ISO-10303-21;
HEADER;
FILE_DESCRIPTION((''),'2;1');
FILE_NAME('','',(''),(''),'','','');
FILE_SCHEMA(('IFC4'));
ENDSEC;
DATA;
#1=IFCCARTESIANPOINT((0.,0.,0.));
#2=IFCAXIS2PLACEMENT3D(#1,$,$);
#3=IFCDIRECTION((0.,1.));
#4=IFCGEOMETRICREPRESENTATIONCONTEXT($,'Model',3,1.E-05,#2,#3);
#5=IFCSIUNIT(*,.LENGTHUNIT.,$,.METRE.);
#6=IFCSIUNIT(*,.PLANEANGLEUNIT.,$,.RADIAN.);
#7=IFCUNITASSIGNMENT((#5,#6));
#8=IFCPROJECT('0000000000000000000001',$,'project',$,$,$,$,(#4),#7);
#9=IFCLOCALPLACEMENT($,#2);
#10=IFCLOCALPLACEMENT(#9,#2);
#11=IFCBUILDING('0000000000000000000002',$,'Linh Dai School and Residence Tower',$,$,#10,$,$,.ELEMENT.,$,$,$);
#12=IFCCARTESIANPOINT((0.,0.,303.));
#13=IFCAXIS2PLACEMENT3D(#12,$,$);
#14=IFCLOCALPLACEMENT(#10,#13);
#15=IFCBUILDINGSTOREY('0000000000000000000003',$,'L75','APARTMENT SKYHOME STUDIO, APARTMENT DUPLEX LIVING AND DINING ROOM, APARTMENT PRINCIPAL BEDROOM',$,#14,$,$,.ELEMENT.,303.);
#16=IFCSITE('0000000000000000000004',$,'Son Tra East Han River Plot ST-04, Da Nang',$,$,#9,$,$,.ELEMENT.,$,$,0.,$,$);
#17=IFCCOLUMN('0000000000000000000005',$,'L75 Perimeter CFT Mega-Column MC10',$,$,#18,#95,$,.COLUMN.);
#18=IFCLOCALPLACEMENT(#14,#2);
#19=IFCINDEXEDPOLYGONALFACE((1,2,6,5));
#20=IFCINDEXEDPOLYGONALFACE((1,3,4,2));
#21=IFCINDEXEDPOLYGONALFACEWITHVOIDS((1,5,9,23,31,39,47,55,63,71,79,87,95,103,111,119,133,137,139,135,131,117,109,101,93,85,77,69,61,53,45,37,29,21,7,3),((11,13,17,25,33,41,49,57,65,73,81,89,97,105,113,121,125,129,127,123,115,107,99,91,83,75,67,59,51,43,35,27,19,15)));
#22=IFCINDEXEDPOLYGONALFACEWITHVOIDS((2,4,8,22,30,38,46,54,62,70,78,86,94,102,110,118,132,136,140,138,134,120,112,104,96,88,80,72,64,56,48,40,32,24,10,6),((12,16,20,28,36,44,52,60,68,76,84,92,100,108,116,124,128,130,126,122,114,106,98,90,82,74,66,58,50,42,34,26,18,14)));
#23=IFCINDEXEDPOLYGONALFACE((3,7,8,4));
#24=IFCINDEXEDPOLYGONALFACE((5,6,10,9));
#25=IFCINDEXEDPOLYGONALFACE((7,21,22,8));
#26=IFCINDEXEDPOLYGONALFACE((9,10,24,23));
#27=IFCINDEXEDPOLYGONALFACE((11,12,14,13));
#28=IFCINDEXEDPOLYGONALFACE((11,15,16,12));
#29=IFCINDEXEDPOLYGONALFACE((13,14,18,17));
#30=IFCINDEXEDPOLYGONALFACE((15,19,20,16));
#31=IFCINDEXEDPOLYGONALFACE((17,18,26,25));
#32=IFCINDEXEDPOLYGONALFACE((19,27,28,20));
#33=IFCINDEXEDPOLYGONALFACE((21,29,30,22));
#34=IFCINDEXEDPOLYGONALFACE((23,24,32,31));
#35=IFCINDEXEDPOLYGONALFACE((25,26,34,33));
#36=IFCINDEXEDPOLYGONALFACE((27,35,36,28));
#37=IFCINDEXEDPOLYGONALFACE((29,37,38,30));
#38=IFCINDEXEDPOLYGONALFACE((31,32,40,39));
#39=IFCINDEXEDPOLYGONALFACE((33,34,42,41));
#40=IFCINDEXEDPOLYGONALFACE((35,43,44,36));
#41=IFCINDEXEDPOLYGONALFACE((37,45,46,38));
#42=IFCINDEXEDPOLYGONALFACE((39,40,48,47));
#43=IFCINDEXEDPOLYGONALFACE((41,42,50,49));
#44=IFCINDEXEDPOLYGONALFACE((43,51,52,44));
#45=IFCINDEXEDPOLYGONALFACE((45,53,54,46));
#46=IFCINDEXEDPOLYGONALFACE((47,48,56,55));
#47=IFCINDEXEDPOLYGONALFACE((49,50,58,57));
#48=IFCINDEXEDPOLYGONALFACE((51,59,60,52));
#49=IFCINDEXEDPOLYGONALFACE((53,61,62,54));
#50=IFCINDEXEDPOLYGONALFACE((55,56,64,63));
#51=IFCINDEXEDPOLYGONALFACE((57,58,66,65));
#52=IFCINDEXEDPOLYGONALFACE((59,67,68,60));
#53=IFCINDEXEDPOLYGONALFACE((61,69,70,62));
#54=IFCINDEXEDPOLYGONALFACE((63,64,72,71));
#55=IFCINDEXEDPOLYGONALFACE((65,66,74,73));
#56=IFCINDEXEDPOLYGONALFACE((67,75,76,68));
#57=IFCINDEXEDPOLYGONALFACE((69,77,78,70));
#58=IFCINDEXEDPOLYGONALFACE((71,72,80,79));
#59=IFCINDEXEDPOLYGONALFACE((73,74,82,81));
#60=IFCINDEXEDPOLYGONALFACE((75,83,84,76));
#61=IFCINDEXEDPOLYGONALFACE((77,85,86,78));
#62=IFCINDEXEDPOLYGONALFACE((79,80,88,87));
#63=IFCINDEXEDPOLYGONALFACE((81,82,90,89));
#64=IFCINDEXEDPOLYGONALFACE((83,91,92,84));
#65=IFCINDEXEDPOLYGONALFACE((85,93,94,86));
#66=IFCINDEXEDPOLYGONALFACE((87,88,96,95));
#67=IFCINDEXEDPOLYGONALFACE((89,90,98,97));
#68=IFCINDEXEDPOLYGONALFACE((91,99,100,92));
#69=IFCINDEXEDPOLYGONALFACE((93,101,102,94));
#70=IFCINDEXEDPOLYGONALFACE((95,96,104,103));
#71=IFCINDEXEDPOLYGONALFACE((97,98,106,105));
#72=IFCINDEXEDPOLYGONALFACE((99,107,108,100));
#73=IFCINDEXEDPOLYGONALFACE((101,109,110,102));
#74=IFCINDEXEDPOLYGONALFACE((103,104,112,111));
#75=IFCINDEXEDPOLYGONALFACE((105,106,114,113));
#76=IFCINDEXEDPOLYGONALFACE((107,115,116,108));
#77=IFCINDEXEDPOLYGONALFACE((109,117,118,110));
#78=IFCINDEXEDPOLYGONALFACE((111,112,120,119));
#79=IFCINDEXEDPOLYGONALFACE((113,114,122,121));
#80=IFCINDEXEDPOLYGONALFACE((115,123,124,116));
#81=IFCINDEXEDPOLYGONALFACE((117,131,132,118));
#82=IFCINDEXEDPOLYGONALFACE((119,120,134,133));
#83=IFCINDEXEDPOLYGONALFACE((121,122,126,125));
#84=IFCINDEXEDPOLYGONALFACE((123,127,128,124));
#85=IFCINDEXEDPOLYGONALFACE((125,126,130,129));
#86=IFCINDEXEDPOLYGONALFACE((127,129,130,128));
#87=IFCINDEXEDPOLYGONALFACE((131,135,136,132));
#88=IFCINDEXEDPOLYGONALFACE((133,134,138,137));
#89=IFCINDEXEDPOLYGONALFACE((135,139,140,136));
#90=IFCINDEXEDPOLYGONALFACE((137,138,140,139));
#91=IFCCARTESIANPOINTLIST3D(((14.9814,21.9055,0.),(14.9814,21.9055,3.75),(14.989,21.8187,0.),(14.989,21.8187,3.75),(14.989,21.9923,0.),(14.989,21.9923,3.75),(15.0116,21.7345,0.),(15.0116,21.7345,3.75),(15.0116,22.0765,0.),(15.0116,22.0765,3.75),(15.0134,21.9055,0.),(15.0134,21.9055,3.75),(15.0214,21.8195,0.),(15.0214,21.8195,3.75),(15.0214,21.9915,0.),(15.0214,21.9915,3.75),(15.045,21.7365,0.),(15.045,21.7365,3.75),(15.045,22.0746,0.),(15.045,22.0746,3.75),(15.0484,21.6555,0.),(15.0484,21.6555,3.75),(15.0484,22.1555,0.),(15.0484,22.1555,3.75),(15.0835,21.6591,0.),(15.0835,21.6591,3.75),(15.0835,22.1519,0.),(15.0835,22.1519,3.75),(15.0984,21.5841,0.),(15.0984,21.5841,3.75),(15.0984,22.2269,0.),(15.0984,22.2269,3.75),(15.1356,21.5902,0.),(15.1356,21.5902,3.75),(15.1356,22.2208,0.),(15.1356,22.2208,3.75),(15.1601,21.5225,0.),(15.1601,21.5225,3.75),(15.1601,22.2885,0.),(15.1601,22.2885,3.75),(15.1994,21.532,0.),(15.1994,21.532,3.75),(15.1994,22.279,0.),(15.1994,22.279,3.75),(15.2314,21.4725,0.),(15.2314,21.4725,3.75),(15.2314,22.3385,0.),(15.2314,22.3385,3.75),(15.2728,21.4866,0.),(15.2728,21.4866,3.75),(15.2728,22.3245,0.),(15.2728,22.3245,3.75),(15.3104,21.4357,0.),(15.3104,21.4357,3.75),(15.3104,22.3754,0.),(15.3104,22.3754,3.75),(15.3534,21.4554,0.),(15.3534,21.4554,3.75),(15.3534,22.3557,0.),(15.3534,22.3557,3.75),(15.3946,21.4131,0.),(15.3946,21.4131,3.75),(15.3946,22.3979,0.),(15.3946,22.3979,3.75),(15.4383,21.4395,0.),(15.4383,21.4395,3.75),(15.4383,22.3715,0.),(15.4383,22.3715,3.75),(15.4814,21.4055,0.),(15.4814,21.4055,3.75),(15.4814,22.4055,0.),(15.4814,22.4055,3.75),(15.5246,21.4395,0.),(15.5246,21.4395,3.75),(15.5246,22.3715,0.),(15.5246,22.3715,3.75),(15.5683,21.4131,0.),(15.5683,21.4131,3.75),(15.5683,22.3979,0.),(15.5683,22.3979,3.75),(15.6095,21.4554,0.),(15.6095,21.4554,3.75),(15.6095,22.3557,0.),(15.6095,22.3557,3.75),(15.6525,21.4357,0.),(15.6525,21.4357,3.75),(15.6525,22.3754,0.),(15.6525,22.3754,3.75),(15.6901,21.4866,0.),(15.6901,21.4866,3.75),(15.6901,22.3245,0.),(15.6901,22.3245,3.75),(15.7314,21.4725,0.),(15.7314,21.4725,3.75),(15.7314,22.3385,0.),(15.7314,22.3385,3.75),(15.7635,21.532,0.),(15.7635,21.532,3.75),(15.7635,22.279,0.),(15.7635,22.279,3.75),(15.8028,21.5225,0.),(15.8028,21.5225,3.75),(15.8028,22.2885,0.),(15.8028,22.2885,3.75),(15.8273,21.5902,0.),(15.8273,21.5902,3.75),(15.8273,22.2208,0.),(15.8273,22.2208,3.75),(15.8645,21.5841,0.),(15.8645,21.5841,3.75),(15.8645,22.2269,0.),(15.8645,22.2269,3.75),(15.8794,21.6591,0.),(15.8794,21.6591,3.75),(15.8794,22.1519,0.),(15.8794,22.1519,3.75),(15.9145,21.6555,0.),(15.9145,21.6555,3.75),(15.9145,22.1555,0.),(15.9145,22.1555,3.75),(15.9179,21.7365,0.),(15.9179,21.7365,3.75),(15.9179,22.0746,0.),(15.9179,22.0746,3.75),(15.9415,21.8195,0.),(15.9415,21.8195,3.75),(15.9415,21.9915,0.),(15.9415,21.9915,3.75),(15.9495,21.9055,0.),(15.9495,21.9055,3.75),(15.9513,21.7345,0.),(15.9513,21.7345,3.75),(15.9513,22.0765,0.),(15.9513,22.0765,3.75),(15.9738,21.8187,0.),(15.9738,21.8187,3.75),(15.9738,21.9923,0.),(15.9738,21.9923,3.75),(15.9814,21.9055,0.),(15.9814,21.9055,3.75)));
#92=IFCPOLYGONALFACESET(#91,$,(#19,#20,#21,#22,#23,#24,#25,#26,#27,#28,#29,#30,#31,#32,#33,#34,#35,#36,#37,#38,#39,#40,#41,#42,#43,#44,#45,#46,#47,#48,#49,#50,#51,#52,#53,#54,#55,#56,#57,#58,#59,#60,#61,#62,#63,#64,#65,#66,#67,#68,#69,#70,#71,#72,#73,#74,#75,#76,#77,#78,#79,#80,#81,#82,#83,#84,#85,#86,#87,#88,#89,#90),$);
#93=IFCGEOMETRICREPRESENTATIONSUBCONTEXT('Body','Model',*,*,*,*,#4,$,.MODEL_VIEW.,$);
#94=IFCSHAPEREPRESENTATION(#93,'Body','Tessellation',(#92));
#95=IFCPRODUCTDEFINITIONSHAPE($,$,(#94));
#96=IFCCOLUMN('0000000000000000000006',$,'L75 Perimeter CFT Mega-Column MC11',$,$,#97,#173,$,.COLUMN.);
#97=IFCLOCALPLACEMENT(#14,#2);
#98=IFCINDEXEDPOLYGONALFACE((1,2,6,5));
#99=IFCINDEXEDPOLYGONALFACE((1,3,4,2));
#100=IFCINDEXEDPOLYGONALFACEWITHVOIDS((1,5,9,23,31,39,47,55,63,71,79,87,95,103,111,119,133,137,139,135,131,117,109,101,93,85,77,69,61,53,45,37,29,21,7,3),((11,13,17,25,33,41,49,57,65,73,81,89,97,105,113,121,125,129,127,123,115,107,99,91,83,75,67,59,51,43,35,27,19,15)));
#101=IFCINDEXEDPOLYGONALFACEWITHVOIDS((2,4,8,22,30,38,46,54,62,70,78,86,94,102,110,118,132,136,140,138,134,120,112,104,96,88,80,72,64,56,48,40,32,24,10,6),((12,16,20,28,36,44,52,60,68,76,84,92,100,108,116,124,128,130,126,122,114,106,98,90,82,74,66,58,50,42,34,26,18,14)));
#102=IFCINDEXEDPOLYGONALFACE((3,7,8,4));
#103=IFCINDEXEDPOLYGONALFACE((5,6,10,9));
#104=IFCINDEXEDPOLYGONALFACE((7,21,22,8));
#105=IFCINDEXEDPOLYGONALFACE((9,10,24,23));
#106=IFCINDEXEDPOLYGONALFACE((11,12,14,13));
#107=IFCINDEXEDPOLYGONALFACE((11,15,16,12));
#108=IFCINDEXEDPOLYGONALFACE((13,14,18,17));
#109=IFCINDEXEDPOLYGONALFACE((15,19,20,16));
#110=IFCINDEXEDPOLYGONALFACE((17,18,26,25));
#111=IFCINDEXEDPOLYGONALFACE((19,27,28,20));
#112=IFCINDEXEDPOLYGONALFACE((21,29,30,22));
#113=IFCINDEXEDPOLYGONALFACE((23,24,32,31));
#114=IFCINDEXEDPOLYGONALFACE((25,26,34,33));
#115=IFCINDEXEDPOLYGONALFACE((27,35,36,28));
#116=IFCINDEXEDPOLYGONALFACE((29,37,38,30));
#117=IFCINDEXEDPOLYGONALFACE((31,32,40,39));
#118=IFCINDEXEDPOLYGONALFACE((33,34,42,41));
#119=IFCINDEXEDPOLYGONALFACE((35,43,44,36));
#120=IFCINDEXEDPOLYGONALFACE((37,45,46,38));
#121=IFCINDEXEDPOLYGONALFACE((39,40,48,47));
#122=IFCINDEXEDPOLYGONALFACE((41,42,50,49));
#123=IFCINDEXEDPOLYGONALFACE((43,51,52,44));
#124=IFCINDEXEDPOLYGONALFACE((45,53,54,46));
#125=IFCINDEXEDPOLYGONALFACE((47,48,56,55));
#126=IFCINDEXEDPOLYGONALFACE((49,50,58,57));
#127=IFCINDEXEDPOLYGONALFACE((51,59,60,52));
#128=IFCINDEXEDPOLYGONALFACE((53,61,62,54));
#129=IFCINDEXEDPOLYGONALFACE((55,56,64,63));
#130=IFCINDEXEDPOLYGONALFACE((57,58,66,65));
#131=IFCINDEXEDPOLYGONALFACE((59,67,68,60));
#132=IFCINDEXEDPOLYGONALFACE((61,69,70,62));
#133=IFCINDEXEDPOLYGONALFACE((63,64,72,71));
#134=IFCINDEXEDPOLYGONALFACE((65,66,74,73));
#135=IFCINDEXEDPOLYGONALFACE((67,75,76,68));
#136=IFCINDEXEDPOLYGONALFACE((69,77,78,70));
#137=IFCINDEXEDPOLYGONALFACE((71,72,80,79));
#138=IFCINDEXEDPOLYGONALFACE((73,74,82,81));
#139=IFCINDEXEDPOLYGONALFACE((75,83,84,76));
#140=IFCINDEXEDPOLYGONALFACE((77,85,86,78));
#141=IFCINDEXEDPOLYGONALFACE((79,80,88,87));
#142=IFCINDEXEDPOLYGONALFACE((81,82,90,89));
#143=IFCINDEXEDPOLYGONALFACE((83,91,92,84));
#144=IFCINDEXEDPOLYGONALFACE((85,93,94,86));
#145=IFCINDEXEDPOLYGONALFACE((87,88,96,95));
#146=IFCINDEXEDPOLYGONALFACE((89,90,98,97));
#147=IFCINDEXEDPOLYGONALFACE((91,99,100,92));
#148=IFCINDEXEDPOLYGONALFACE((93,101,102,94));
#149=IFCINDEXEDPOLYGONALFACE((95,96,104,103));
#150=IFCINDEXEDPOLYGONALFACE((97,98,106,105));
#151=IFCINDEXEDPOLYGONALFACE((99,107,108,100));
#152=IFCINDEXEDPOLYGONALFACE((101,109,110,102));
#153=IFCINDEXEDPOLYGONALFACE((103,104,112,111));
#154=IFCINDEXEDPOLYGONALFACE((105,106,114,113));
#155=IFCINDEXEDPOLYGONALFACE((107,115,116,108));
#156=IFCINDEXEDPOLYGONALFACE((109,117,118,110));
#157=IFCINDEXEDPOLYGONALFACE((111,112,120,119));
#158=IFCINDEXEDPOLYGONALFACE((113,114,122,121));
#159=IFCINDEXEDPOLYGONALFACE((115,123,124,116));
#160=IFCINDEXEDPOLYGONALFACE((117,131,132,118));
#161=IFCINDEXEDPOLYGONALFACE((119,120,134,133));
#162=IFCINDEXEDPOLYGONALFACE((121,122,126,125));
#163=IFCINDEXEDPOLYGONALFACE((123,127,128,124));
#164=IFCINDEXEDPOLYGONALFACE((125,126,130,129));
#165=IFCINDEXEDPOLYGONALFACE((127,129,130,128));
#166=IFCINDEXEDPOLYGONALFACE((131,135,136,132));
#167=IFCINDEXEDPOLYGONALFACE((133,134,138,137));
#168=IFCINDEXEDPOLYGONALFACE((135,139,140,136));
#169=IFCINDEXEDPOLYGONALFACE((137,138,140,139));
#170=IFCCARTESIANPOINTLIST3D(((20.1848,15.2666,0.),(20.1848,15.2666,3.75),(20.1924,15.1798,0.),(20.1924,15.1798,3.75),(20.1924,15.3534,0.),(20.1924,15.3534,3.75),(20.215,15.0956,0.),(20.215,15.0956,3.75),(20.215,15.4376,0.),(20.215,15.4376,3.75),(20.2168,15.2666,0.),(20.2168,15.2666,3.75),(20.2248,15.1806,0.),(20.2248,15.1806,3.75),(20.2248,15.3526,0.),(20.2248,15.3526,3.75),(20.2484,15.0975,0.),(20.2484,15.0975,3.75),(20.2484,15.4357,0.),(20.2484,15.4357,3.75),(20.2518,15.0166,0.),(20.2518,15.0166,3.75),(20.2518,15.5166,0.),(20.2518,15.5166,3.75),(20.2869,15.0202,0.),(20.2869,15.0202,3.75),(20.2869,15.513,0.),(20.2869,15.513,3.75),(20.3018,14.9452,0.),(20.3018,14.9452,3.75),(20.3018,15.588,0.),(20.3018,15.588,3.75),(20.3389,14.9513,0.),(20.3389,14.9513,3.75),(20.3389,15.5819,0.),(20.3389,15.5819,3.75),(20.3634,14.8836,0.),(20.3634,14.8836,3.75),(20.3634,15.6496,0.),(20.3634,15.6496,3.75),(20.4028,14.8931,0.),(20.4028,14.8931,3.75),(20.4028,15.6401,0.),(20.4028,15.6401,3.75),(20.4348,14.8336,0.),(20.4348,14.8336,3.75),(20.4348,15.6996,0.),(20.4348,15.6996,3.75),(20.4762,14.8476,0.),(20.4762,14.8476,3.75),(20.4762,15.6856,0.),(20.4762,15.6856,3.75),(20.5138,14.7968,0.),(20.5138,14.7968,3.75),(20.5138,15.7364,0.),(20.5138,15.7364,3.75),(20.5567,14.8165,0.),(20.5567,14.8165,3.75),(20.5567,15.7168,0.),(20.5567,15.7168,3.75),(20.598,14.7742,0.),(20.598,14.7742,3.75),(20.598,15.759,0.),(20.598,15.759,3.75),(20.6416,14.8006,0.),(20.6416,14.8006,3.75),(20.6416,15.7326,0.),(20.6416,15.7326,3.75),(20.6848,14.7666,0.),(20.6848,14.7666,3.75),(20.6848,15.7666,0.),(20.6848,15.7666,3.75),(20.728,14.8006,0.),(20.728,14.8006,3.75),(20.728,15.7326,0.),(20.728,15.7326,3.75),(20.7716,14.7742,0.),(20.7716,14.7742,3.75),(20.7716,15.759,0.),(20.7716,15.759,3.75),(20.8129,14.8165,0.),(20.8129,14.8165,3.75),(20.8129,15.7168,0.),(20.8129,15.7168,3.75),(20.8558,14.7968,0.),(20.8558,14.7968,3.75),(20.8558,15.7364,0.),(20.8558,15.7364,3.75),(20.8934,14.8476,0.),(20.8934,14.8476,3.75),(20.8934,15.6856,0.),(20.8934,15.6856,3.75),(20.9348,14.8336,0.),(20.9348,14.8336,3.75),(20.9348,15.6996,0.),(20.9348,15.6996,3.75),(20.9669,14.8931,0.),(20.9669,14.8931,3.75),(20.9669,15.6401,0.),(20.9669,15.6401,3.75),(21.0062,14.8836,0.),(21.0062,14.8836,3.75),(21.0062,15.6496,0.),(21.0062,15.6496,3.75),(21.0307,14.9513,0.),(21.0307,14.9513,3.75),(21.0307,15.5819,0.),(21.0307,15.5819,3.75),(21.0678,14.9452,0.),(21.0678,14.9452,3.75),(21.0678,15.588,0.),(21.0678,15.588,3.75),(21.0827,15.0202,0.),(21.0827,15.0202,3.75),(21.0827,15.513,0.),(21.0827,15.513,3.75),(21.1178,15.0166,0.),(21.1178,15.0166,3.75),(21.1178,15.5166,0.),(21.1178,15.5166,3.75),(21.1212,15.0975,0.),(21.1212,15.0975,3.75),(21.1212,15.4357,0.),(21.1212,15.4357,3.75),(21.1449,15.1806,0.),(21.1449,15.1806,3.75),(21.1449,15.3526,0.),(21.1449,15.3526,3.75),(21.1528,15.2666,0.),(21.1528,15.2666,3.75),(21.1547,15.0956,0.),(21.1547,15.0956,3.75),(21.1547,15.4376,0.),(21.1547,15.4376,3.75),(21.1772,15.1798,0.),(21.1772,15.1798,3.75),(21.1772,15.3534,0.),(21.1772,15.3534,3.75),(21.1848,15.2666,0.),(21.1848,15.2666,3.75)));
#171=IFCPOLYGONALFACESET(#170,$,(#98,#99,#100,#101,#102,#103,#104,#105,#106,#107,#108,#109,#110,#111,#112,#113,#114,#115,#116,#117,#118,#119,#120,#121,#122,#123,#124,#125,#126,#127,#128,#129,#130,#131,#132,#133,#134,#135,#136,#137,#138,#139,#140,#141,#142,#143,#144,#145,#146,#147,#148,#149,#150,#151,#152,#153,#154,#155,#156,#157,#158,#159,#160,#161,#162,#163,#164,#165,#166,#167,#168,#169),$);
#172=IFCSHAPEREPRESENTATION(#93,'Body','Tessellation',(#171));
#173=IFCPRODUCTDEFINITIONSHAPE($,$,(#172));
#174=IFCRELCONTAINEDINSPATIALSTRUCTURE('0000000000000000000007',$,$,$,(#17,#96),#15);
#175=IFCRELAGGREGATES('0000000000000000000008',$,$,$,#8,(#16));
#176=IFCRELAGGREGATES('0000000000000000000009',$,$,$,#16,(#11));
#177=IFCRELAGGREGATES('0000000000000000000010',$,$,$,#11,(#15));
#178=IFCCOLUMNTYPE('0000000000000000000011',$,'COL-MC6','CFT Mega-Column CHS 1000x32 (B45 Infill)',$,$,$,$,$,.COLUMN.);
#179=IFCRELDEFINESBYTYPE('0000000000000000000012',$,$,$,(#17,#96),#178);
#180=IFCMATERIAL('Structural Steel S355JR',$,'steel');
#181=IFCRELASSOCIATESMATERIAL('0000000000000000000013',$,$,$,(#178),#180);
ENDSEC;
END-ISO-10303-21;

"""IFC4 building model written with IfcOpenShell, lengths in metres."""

from ifc_helpers import new_model, si_unit, direction, frame, origin, origin_2d, place, context, subcontext, project, spatial, hollow_circle, extrude, material, material_profile, profile_set, type_object, element, save


model = new_model("IFC4")

# Units and contexts
model_context = context("Model", 3, precision=1e-05, world=origin(), true_north=direction((0.0, 1.0)))
body_context = subcontext(model_context, "Body", "Model", "MODEL_VIEW")
ifc_project = project(units=[si_unit("LENGTHUNIT", "METRE"), si_unit("PLANEANGLEUNIT", "RADIAN")], contexts=[model_context])

# Site, building, storey
site_placement = place(None, origin())
site = spatial("IfcSite", under=ifc_project, at=site_placement, Name="Son Tra East Han River Plot ST-04, Da Nang", CompositionType="ELEMENT", RefElevation=0.0)
building_placement = place(site_placement, origin())
building = spatial("IfcBuilding", under=site, at=building_placement, Name="Linh Dai School and Residence Tower", CompositionType="ELEMENT")
storey_placement = place(building_placement, frame((0.0, 0.0, 303.0)))
storey = spatial("IfcBuildingStorey", under=building, at=storey_placement, Name="L75", Description="APARTMENT SKYHOME STUDIO, APARTMENT DUPLEX LIVING AND DINING ROOM, APARTMENT PRINCIPAL BEDROOM", CompositionType="ELEMENT", Elevation=303.0)

# Columns
ifc_material_1 = material(Name="Structural Steel S355JR", Category="steel")
ifc_material_profile_1 = material_profile(ifc_material_1, hollow_circle(Radius=0.5, WallThickness=0.032, at=origin_2d()), Name="CHS 1000x32")
ifc_profile_set_1 = profile_set([ifc_material_profile_1], Name="Structural Steel S355JR")
column_type = type_object("IfcColumnType", Name="COL-MC6", Description="CFT Mega-Column CHS 1000x32 (B45 Infill)", PredefinedType="COLUMN", material=ifc_profile_set_1)
for number, where, z_axis, x_axis, name in (
    (1, (15.4814, 21.9055, 0.0), (0.0, 0.0, 1.0), (1.0, 0.0, 0.0), "L75 Perimeter CFT Mega-Column MC10"),
    (2, (20.6848, 15.2666, 0.0), (0.0, 0.0, 1.0), (1.0, 0.0, 0.0), "L75 Perimeter CFT Mega-Column MC11"),
):
    element("IfcColumn", number, at=place(storey_placement, frame(where, z_axis=z_axis, x_axis=x_axis)), inside=storey, type_object=column_type, Name=name, PredefinedType="COLUMN", context=body_context, shape_type="SweptSolid", body=[
        extrude(hollow_circle(Radius=0.5, WallThickness=0.032, at=origin_2d()), origin(), (0.0, 0.0, 1.0), 3.75),
    ])

save(model, "model.ifc")
